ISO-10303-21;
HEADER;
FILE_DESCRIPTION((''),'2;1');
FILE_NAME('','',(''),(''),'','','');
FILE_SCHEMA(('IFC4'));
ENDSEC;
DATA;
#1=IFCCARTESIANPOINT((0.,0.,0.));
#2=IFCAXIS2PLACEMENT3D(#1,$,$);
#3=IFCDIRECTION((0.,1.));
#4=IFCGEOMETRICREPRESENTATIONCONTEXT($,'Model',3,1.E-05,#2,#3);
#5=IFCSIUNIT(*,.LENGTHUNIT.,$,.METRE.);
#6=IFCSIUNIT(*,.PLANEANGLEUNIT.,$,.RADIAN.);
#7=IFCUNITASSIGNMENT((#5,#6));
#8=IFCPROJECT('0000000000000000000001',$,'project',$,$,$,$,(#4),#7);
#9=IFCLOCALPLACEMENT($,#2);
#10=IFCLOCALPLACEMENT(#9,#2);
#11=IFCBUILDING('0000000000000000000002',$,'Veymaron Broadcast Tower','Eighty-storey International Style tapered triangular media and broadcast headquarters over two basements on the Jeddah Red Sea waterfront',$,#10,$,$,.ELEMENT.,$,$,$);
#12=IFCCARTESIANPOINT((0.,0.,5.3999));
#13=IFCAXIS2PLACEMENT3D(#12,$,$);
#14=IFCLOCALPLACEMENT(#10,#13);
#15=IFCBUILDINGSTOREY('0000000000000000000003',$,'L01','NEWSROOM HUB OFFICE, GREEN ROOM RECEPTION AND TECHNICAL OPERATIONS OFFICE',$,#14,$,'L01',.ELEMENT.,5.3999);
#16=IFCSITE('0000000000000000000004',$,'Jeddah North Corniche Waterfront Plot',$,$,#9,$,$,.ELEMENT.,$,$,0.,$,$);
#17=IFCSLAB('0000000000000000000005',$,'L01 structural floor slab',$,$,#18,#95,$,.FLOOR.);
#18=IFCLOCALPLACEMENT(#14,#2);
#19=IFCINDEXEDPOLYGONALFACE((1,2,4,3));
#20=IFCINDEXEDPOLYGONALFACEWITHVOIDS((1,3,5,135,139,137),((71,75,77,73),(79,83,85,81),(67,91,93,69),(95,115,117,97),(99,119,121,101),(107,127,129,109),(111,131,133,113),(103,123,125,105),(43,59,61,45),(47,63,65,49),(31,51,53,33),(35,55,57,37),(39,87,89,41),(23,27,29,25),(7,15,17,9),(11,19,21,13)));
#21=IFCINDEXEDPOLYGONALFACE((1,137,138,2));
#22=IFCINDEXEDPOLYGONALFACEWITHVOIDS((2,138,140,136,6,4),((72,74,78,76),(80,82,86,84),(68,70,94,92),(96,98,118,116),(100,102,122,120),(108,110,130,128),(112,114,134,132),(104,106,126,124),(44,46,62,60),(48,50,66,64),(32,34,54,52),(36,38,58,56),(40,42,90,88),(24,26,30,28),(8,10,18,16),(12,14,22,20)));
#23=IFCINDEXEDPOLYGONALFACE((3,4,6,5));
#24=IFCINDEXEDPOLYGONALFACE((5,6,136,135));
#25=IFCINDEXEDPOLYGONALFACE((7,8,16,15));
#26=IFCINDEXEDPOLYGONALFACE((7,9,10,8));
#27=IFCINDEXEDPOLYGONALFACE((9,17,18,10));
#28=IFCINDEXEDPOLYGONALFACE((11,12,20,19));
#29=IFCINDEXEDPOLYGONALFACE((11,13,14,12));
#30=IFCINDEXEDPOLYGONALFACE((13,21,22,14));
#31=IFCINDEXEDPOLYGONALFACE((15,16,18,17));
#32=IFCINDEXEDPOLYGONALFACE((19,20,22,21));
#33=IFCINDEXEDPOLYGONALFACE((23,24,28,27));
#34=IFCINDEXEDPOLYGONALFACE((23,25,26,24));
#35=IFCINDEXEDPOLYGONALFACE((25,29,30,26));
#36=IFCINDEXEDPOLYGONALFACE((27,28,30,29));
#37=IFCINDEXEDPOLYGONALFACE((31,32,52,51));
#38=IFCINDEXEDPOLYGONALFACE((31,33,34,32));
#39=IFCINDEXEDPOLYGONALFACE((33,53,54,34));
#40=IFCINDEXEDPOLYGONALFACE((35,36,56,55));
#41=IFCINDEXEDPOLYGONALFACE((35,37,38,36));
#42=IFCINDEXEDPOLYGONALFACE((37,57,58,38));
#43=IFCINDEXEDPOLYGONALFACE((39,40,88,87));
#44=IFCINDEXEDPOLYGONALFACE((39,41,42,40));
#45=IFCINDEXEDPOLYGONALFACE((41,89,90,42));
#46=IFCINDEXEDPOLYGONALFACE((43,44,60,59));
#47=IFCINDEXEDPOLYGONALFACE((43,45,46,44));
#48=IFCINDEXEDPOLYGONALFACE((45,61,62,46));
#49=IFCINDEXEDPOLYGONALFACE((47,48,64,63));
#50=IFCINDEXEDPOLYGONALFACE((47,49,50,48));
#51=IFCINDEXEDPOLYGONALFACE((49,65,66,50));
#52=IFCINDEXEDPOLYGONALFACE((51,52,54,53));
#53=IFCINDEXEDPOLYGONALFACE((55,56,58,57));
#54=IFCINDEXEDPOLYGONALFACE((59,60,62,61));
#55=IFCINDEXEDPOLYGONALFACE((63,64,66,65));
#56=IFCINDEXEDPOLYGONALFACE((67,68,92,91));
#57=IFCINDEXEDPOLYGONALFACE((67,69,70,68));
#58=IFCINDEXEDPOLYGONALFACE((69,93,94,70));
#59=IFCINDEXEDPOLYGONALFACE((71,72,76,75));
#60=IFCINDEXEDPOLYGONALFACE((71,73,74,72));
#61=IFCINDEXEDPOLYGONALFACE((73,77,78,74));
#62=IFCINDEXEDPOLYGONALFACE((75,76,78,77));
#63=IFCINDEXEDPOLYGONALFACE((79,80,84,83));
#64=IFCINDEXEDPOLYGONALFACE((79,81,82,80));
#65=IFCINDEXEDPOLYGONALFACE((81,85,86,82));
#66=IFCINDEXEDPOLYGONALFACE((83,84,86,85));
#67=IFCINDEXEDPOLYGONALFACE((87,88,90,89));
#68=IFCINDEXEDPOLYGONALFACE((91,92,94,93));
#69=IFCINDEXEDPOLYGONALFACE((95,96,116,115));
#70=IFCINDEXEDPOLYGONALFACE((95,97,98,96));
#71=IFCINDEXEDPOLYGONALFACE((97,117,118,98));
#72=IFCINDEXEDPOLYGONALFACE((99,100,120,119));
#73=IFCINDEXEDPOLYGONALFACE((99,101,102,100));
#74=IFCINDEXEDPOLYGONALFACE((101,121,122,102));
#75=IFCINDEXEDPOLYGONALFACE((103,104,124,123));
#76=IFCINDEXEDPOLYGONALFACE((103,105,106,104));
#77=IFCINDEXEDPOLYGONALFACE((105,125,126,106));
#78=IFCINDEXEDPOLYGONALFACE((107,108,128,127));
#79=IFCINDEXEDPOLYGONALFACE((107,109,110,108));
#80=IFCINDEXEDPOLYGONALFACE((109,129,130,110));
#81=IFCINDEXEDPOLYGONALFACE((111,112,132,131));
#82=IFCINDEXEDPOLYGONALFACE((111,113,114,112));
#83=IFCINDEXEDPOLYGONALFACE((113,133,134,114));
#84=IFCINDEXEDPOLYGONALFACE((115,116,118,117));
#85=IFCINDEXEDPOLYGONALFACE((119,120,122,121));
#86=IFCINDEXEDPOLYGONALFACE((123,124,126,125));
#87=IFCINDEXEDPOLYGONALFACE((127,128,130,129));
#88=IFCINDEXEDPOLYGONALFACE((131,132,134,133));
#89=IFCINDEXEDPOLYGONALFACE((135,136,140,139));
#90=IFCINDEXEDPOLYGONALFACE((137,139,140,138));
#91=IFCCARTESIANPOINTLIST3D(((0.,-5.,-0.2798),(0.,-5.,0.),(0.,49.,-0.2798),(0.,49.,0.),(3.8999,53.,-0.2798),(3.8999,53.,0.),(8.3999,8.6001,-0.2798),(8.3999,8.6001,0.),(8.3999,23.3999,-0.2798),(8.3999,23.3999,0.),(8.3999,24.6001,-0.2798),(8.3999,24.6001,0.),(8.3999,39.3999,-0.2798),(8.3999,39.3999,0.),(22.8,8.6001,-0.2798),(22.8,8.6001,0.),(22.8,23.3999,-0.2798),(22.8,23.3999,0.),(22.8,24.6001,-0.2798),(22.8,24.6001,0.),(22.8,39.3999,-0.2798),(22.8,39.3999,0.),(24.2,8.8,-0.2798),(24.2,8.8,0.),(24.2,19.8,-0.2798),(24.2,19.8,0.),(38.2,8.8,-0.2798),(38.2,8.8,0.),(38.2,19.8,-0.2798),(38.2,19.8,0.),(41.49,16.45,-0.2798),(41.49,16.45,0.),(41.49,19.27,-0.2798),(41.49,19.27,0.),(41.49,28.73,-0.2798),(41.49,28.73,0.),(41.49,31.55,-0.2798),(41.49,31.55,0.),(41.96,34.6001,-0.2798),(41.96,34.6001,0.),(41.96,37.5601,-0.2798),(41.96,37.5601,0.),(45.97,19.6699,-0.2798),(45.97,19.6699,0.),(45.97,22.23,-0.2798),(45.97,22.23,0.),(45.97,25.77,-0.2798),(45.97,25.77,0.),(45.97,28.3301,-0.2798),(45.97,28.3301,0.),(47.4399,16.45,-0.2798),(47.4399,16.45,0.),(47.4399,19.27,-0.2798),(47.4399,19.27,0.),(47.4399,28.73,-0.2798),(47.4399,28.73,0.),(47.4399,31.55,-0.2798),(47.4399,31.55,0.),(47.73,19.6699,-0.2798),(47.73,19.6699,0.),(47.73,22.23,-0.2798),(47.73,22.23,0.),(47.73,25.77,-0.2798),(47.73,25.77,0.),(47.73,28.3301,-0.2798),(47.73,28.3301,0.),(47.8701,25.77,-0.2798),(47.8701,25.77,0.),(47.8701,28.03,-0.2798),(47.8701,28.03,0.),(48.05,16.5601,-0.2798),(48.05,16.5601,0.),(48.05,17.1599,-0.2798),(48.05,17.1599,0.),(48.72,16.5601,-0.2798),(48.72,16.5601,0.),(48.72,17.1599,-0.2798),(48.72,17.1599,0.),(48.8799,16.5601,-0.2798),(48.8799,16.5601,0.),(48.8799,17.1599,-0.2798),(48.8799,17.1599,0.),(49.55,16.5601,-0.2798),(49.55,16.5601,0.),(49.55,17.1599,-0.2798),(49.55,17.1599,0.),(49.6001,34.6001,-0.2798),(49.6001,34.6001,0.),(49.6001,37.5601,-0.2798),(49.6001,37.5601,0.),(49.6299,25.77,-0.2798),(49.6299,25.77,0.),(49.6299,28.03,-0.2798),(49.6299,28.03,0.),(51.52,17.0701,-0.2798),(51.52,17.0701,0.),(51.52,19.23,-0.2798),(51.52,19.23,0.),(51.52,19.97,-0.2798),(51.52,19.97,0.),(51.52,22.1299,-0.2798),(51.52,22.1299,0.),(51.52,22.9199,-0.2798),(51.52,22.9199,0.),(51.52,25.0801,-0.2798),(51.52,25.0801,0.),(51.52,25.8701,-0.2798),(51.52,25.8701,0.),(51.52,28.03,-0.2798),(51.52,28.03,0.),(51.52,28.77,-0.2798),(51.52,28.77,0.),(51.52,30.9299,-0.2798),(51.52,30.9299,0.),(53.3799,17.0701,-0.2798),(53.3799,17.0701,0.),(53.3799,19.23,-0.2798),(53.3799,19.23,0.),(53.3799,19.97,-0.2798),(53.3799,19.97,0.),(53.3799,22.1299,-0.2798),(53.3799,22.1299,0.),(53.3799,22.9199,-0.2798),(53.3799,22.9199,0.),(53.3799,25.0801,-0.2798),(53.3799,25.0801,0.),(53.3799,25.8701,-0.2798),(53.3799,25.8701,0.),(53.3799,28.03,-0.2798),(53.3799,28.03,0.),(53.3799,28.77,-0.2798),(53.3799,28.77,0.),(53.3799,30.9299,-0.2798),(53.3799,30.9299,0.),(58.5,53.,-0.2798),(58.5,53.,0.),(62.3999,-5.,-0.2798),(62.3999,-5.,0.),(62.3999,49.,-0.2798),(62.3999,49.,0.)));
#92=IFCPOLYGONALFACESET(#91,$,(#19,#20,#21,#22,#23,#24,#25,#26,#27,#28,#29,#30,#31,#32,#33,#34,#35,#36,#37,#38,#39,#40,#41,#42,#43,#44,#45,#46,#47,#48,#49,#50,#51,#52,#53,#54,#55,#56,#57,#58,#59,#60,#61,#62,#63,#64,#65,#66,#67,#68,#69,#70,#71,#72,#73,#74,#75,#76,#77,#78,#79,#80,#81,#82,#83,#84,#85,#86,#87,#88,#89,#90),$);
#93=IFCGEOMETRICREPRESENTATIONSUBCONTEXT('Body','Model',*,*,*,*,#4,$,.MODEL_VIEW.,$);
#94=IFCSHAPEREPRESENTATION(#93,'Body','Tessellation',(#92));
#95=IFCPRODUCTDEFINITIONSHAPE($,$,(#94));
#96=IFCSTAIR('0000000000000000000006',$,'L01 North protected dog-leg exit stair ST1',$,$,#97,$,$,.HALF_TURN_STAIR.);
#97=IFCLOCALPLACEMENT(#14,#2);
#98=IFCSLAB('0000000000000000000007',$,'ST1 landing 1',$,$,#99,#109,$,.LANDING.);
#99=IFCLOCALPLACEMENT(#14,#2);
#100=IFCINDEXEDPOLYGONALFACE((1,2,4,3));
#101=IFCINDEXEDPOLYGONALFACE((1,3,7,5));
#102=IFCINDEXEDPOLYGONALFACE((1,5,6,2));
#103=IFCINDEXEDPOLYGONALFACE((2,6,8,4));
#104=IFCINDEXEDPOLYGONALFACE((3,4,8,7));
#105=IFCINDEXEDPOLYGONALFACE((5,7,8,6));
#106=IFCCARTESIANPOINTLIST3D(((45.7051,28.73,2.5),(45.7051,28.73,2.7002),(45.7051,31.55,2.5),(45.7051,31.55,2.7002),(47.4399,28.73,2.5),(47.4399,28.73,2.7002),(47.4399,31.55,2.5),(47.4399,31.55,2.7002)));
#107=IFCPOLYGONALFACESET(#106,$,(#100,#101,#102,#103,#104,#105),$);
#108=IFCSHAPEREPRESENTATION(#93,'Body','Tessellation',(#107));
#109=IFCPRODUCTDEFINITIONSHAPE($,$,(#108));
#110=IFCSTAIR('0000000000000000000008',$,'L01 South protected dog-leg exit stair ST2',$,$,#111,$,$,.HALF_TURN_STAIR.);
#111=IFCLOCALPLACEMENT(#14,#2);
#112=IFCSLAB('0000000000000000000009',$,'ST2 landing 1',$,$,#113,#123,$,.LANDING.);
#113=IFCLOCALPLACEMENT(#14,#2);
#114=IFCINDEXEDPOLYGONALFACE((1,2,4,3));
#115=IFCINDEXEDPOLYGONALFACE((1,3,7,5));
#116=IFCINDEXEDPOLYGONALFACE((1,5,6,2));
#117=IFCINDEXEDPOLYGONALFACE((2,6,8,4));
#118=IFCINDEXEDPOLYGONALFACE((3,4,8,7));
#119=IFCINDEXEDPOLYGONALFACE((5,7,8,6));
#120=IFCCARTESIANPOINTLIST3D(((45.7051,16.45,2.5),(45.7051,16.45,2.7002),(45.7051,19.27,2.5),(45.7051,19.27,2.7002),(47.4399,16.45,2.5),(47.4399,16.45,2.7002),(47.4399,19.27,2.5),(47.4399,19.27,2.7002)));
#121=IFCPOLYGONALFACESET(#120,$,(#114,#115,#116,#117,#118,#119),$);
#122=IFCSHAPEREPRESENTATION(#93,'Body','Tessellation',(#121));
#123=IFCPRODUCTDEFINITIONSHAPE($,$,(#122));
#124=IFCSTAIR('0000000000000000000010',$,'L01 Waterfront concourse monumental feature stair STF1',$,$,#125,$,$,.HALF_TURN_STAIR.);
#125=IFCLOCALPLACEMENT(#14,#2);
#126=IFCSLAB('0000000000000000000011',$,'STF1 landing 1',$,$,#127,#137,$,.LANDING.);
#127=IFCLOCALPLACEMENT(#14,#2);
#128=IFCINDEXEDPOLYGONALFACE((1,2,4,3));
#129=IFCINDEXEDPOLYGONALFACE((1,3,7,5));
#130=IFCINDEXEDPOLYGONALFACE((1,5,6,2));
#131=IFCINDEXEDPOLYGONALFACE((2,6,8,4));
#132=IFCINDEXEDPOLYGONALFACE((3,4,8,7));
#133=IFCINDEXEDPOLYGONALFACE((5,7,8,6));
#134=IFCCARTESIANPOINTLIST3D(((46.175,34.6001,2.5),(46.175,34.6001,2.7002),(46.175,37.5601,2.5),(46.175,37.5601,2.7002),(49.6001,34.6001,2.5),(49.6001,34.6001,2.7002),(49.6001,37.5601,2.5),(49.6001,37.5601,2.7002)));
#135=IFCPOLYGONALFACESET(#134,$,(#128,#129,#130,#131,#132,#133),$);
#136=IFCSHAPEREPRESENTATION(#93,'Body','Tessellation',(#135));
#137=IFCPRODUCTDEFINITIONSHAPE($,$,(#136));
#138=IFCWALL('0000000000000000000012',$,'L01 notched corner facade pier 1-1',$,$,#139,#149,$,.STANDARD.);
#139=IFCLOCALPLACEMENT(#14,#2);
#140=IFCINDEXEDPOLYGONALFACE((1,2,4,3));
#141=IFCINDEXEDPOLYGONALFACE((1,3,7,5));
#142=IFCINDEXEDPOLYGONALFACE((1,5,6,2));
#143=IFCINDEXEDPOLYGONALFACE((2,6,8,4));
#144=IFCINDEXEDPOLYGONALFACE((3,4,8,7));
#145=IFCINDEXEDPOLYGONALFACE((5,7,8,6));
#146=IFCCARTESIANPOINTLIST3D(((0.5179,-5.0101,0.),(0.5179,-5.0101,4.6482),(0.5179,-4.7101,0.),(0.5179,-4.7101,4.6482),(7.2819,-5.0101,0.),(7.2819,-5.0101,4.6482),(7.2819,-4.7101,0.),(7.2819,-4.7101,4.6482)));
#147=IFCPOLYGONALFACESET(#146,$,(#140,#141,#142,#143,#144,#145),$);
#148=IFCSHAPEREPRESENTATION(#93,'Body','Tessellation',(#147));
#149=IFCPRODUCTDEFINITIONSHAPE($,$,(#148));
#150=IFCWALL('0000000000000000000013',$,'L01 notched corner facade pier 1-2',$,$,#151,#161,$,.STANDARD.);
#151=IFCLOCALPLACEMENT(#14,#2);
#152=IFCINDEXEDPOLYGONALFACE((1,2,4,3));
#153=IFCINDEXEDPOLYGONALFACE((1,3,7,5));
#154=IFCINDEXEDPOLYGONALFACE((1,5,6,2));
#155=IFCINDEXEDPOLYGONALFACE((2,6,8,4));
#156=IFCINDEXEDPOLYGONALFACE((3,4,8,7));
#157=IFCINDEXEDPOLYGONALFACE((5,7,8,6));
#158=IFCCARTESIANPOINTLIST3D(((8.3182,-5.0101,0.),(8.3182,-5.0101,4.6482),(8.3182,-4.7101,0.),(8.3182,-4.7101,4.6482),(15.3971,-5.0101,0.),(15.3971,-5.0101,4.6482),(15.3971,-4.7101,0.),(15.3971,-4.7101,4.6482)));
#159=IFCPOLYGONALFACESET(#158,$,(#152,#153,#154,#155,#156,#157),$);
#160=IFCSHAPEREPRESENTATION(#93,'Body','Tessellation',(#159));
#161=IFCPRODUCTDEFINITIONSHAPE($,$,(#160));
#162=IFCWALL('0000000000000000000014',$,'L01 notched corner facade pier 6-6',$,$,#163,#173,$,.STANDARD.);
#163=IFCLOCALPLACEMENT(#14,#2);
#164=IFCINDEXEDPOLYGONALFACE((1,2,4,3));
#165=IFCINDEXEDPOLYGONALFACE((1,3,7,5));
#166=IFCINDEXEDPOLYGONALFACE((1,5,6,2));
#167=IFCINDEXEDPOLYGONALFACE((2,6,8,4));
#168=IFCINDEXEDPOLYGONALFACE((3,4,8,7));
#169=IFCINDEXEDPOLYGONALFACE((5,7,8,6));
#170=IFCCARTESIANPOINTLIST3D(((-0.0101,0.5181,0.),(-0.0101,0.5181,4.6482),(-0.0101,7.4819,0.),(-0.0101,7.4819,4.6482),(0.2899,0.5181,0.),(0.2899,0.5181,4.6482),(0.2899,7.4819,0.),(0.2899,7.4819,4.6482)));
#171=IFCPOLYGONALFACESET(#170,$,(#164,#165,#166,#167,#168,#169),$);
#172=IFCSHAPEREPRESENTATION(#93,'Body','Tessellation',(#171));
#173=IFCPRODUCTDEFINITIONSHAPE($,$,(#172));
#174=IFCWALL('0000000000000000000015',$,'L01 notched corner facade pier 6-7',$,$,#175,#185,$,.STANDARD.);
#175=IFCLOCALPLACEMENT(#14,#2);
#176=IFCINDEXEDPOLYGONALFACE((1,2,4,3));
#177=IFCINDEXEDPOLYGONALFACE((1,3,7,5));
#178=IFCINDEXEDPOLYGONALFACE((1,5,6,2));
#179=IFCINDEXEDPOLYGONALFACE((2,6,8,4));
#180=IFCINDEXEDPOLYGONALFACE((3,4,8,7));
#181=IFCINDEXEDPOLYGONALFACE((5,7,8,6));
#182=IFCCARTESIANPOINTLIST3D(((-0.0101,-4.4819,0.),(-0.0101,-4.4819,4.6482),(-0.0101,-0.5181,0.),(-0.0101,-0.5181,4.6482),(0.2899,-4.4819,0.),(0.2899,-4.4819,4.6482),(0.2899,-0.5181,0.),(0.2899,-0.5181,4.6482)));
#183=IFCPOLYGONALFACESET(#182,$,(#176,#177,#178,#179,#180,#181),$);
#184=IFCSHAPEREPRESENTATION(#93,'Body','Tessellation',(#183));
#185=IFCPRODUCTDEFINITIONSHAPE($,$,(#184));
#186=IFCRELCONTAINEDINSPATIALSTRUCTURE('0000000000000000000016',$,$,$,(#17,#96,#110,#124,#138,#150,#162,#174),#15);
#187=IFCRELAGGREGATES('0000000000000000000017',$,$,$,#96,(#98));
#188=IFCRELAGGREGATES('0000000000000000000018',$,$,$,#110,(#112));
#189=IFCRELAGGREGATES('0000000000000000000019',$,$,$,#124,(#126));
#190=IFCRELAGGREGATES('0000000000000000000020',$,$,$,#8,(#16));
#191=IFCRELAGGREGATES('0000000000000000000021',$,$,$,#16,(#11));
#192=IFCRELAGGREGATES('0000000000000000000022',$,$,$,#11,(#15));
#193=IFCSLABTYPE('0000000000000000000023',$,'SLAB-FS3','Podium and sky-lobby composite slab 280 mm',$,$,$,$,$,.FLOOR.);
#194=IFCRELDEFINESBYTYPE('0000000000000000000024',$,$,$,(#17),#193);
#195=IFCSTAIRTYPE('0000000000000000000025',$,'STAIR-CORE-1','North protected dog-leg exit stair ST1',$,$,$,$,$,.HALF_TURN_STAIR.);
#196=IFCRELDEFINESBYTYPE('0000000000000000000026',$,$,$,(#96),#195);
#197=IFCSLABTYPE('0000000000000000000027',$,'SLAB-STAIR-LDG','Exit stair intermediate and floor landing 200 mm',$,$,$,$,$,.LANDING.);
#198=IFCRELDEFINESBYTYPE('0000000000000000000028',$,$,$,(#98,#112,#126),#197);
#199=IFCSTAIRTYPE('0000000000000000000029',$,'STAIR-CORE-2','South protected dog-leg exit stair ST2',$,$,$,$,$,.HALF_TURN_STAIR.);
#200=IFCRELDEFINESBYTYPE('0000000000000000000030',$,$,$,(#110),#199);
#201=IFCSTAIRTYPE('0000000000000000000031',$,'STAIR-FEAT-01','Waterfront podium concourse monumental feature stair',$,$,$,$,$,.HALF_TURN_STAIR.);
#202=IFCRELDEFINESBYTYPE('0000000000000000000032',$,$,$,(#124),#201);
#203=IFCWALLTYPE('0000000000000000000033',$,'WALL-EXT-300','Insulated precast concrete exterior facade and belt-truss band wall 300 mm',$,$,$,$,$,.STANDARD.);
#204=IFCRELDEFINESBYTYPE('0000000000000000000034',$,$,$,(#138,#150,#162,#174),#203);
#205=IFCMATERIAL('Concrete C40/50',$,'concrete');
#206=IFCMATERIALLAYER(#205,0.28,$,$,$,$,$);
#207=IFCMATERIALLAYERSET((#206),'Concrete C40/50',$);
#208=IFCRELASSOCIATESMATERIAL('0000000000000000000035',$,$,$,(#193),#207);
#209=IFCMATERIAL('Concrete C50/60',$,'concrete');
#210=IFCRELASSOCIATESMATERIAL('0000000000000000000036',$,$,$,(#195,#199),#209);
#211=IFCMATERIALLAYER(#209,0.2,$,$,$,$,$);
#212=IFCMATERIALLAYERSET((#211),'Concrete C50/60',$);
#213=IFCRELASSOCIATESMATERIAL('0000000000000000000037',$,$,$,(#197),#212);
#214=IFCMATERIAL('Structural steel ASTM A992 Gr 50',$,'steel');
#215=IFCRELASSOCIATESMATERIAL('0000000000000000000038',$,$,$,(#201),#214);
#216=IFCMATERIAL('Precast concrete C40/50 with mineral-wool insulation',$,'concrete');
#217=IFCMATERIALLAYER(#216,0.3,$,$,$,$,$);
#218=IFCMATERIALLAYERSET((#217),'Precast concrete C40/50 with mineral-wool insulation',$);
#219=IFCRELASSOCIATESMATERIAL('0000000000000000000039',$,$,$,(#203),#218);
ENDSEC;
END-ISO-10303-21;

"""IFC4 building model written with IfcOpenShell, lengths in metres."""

from ifc_helpers import new_model, si_unit, direction, frame, frame_2d, origin, place, context, subcontext, project, spatial, polyline, rectangle, outline, extrude, material, layer, layer_set, type_object, element, aggregate, save


model = new_model("IFC4")

# Units and contexts
model_context = context("Model", 3, precision=1e-05, world=origin(), true_north=direction((0.0, 1.0)))
body_context = subcontext(model_context, "Body", "Model", "MODEL_VIEW")
ifc_project = project(units=[si_unit("LENGTHUNIT", "METRE"), si_unit("PLANEANGLEUNIT", "RADIAN")], contexts=[model_context])

# Site, building, storey
site_placement = place(None, origin())
site = spatial("IfcSite", under=ifc_project, at=site_placement, Name="Jeddah North Corniche Waterfront Plot", CompositionType="ELEMENT", RefElevation=0.0)
building_placement = place(site_placement, origin())
building = spatial("IfcBuilding", under=site, at=building_placement, Name="Veymaron Broadcast Tower", Description="Eighty-storey International Style tapered triangular media and broadcast headquarters over two basements on the Jeddah Red Sea waterfront", CompositionType="ELEMENT")
storey_placement = place(building_placement, frame((0.0, 0.0, 5.3999)))
storey = spatial("IfcBuildingStorey", under=building, at=storey_placement, Name="L01", Description="NEWSROOM HUB OFFICE, GREEN ROOM RECEPTION AND TECHNICAL OPERATIONS OFFICE", LongName="L01", CompositionType="ELEMENT", Elevation=5.3999)

# Shared definitions
ifc_material_1 = material(Name="Structural steel ASTM A992 Gr 50", Category="steel")

# Slab
ifc_material_2 = material(Name="Concrete C40/50", Category="concrete")
ifc_layer_1 = layer(ifc_material_2, 0.28)
ifc_layer_set_1 = layer_set([ifc_layer_1], Name="Concrete C40/50")
slab_type_1 = type_object("IfcSlabType", Name="SLAB-FS3", Description="Podium and sky-lobby composite slab 280 mm", PredefinedType="FLOOR", material=ifc_layer_set_1)
slab_1_placement = place(storey_placement, frame((0.0, 0.0, -0.2798)))
element("IfcSlab", 1, at=slab_1_placement, inside=storey, type_object=slab_type_1, Name="L01 structural floor slab", PredefinedType="FLOOR", context=body_context, shape_type="SweptSolid", body=[
    extrude(outline(polyline([(0.0, -5.0), (62.3999, -5.0), (62.3999, 49.0), (58.5, 53.0), (3.8999, 53.0), (0.0, 49.0), (0.0, -5.0)]), holes=[polyline([(45.97, 28.3301), (47.73, 28.3301), (47.73, 25.77), (45.97, 25.77), (45.97, 28.3301)]), polyline([(45.97, 22.23), (47.73, 22.23), (47.73, 19.6699), (45.97, 19.6699), (45.97, 22.23)]), polyline([(47.8701, 28.03), (49.6299, 28.03), (49.6299, 25.77), (47.8701, 25.77), (47.8701, 28.03)]), polyline([(51.52, 30.9299), (53.3799, 30.9299), (53.3799, 28.77), (51.52, 28.77), (51.52, 30.9299)]), polyline([(51.52, 28.03), (53.3799, 28.03), (53.3799, 25.8701), (51.52, 25.8701), (51.52, 28.03)]), polyline([(51.52, 22.1299), (53.3799, 22.1299), (53.3799, 19.97), (51.52, 19.97), (51.52, 22.1299)]), polyline([(51.52, 25.0801), (53.3799, 25.0801), (53.3799, 22.9199), (51.52, 22.9199), (51.52, 25.0801)]), polyline([(51.52, 19.23), (53.3799, 19.23), (53.3799, 17.0701), (51.52, 17.0701), (51.52, 19.23)]), polyline([(8.3999, 23.3999), (22.8, 23.3999), (22.8, 8.6001), (8.3999, 8.6001), (8.3999, 23.3999)]), polyline([(8.3999, 39.3999), (22.8, 39.3999), (22.8, 24.6001), (8.3999, 24.6001), (8.3999, 39.3999)]), polyline([(24.2, 19.8), (38.2, 19.8), (38.2, 8.8), (24.2, 8.8), (24.2, 19.8)]), polyline([(48.05, 17.1599), (48.72, 17.1599), (48.72, 16.5601), (48.05, 16.5601), (48.05, 17.1599)]), polyline([(48.8799, 17.1599), (49.55, 17.1599), (49.55, 16.5601), (48.8799, 16.5601), (48.8799, 17.1599)]), polyline([(41.49, 31.55), (47.4399, 31.55), (47.4399, 28.73), (41.49, 28.73), (41.49, 31.55)]), polyline([(41.49, 19.27), (47.4399, 19.27), (47.4399, 16.45), (41.49, 16.45), (41.49, 19.27)]), polyline([(41.96, 37.5601), (49.6001, 37.5601), (49.6001, 34.6001), (41.96, 34.6001), (41.96, 37.5601)])]), origin(), (0.0, 0.0, 1.0), 0.2798),
])

# Stairs, slabs
ifc_material_3 = material(Name="Concrete C50/60", Category="concrete")
stair_type_1 = type_object("IfcStairType", Name="STAIR-CORE-1", Description="North protected dog-leg exit stair ST1", PredefinedType="HALF_TURN_STAIR", material=ifc_material_3)
stair_1_placement = place(storey_placement, origin())
stair_1 = element("IfcStair", 2, at=stair_1_placement, inside=storey, type_object=stair_type_1, Name="L01 North protected dog-leg exit stair ST1", PredefinedType="HALF_TURN_STAIR")
ifc_layer_2 = layer(ifc_material_3, 0.2)
ifc_layer_set_2 = layer_set([ifc_layer_2], Name="Concrete C50/60")
slab_type_2 = type_object("IfcSlabType", Name="SLAB-STAIR-LDG", Description="Exit stair intermediate and floor landing 200 mm", PredefinedType="LANDING", material=ifc_layer_set_2)
slab_2_placement = place(storey_placement, frame((0.0, 0.0, 2.5)))
slab_2 = element("IfcSlab", 3, at=slab_2_placement, type_object=slab_type_2, Name="ST1 landing 1", PredefinedType="LANDING", context=body_context, shape_type="SweptSolid", body=[
    extrude(outline(polyline([(45.7051, 28.73), (47.4399, 28.73), (47.4399, 31.55), (45.7051, 31.55), (45.7051, 28.73)])), origin(), (0.0, 0.0, 1.0), 0.2002),
])
aggregate(stair_1, [slab_2])
stair_type_2 = type_object("IfcStairType", Name="STAIR-CORE-2", Description="South protected dog-leg exit stair ST2", PredefinedType="HALF_TURN_STAIR", material=ifc_material_3)
stair_2_placement = place(storey_placement, origin())
stair_2 = element("IfcStair", 4, at=stair_2_placement, inside=storey, type_object=stair_type_2, Name="L01 South protected dog-leg exit stair ST2", PredefinedType="HALF_TURN_STAIR")
slab_3_placement = place(storey_placement, frame((0.0, 0.0, 2.5)))
slab_3 = element("IfcSlab", 5, at=slab_3_placement, type_object=slab_type_2, Name="ST2 landing 1", PredefinedType="LANDING", context=body_context, shape_type="SweptSolid", body=[
    extrude(outline(polyline([(45.7051, 16.45), (47.4399, 16.45), (47.4399, 19.27), (45.7051, 19.27), (45.7051, 16.45)])), origin(), (0.0, 0.0, 1.0), 0.2002),
])
aggregate(stair_2, [slab_3])
stair_type_3 = type_object("IfcStairType", Name="STAIR-FEAT-01", Description="Waterfront podium concourse monumental feature stair", PredefinedType="HALF_TURN_STAIR", material=ifc_material_1)
stair_3_placement = place(storey_placement, origin())
stair_3 = element("IfcStair", 6, at=stair_3_placement, inside=storey, type_object=stair_type_3, Name="L01 Waterfront concourse monumental feature stair STF1", PredefinedType="HALF_TURN_STAIR")
slab_4_placement = place(storey_placement, frame((0.0, 0.0, 2.5)))
slab_4 = element("IfcSlab", 7, at=slab_4_placement, type_object=slab_type_2, Name="STF1 landing 1", PredefinedType="LANDING", context=body_context, shape_type="SweptSolid", body=[
    extrude(outline(polyline([(46.175, 34.6001), (49.6001, 34.6001), (49.6001, 37.5601), (46.175, 37.5601), (46.175, 34.6001)])), origin(), (0.0, 0.0, 1.0), 0.2002),
])
aggregate(stair_3, [slab_4])

# Walls
ifc_material_4 = material(Name="Precast concrete C40/50 with mineral-wool insulation", Category="concrete")
ifc_layer_3 = layer(ifc_material_4, 0.3)
ifc_layer_set_3 = layer_set([ifc_layer_3], Name="Precast concrete C40/50 with mineral-wool insulation")
wall_type = type_object("IfcWallType", Name="WALL-EXT-300", Description="Insulated precast concrete exterior facade and belt-truss band wall 300 mm", PredefinedType="STANDARD", material=ifc_layer_set_3)
wall_1_placement = place(storey_placement, frame((0.5181, -4.8601, 0.0), z_axis=(0.0, 0.0, 1.0), x_axis=(1.0, 0.0, 0.0)))
element("IfcWall", 8, at=wall_1_placement, inside=storey, type_object=wall_type, Name="L01 notched corner facade pier 1-1", PredefinedType="STANDARD", context=body_context, shape_type="SweptSolid", body=[
    extrude(rectangle(XDim=6.7639, YDim=0.3, at=frame_2d((3.3818, 0.0))), origin(), (0.0, 0.0, 1.0), 4.6482),
])
wall_2_placement = place(storey_placement, frame((8.3181, -4.8601, 0.0), z_axis=(0.0, 0.0, 1.0), x_axis=(1.0, 0.0, 0.0)))
element("IfcWall", 9, at=wall_2_placement, inside=storey, type_object=wall_type, Name="L01 notched corner facade pier 1-2", PredefinedType="STANDARD", context=body_context, shape_type="SweptSolid", body=[
    extrude(rectangle(XDim=7.0789, YDim=0.3, at=frame_2d((3.5396, 0.0))), origin(), (0.0, 0.0, 1.0), 4.6482),
])
wall_3_placement = place(storey_placement, frame((0.1399, 7.4819, 0.0), z_axis=(0.0, 0.0, 1.0), x_axis=(0.0, -1.0, 0.0)))
element("IfcWall", 10, at=wall_3_placement, inside=storey, type_object=wall_type, Name="L01 notched corner facade pier 6-6", PredefinedType="STANDARD", context=body_context, shape_type="SweptSolid", body=[
    extrude(rectangle(XDim=6.9639, YDim=0.3, at=frame_2d((3.4819, 0.0))), origin(), (0.0, 0.0, 1.0), 4.6482),
])
wall_4_placement = place(storey_placement, frame((0.1399, -0.5181, 0.0), z_axis=(0.0, 0.0, 1.0), x_axis=(0.0, -1.0, 0.0)))
element("IfcWall", 11, at=wall_4_placement, inside=storey, type_object=wall_type, Name="L01 notched corner facade pier 6-7", PredefinedType="STANDARD", context=body_context, shape_type="SweptSolid", body=[
    extrude(rectangle(XDim=3.9639, YDim=0.3, at=frame_2d((1.9819, 0.0))), origin(), (0.0, 0.0, 1.0), 4.6482),
])

save(model, "model.ifc")
